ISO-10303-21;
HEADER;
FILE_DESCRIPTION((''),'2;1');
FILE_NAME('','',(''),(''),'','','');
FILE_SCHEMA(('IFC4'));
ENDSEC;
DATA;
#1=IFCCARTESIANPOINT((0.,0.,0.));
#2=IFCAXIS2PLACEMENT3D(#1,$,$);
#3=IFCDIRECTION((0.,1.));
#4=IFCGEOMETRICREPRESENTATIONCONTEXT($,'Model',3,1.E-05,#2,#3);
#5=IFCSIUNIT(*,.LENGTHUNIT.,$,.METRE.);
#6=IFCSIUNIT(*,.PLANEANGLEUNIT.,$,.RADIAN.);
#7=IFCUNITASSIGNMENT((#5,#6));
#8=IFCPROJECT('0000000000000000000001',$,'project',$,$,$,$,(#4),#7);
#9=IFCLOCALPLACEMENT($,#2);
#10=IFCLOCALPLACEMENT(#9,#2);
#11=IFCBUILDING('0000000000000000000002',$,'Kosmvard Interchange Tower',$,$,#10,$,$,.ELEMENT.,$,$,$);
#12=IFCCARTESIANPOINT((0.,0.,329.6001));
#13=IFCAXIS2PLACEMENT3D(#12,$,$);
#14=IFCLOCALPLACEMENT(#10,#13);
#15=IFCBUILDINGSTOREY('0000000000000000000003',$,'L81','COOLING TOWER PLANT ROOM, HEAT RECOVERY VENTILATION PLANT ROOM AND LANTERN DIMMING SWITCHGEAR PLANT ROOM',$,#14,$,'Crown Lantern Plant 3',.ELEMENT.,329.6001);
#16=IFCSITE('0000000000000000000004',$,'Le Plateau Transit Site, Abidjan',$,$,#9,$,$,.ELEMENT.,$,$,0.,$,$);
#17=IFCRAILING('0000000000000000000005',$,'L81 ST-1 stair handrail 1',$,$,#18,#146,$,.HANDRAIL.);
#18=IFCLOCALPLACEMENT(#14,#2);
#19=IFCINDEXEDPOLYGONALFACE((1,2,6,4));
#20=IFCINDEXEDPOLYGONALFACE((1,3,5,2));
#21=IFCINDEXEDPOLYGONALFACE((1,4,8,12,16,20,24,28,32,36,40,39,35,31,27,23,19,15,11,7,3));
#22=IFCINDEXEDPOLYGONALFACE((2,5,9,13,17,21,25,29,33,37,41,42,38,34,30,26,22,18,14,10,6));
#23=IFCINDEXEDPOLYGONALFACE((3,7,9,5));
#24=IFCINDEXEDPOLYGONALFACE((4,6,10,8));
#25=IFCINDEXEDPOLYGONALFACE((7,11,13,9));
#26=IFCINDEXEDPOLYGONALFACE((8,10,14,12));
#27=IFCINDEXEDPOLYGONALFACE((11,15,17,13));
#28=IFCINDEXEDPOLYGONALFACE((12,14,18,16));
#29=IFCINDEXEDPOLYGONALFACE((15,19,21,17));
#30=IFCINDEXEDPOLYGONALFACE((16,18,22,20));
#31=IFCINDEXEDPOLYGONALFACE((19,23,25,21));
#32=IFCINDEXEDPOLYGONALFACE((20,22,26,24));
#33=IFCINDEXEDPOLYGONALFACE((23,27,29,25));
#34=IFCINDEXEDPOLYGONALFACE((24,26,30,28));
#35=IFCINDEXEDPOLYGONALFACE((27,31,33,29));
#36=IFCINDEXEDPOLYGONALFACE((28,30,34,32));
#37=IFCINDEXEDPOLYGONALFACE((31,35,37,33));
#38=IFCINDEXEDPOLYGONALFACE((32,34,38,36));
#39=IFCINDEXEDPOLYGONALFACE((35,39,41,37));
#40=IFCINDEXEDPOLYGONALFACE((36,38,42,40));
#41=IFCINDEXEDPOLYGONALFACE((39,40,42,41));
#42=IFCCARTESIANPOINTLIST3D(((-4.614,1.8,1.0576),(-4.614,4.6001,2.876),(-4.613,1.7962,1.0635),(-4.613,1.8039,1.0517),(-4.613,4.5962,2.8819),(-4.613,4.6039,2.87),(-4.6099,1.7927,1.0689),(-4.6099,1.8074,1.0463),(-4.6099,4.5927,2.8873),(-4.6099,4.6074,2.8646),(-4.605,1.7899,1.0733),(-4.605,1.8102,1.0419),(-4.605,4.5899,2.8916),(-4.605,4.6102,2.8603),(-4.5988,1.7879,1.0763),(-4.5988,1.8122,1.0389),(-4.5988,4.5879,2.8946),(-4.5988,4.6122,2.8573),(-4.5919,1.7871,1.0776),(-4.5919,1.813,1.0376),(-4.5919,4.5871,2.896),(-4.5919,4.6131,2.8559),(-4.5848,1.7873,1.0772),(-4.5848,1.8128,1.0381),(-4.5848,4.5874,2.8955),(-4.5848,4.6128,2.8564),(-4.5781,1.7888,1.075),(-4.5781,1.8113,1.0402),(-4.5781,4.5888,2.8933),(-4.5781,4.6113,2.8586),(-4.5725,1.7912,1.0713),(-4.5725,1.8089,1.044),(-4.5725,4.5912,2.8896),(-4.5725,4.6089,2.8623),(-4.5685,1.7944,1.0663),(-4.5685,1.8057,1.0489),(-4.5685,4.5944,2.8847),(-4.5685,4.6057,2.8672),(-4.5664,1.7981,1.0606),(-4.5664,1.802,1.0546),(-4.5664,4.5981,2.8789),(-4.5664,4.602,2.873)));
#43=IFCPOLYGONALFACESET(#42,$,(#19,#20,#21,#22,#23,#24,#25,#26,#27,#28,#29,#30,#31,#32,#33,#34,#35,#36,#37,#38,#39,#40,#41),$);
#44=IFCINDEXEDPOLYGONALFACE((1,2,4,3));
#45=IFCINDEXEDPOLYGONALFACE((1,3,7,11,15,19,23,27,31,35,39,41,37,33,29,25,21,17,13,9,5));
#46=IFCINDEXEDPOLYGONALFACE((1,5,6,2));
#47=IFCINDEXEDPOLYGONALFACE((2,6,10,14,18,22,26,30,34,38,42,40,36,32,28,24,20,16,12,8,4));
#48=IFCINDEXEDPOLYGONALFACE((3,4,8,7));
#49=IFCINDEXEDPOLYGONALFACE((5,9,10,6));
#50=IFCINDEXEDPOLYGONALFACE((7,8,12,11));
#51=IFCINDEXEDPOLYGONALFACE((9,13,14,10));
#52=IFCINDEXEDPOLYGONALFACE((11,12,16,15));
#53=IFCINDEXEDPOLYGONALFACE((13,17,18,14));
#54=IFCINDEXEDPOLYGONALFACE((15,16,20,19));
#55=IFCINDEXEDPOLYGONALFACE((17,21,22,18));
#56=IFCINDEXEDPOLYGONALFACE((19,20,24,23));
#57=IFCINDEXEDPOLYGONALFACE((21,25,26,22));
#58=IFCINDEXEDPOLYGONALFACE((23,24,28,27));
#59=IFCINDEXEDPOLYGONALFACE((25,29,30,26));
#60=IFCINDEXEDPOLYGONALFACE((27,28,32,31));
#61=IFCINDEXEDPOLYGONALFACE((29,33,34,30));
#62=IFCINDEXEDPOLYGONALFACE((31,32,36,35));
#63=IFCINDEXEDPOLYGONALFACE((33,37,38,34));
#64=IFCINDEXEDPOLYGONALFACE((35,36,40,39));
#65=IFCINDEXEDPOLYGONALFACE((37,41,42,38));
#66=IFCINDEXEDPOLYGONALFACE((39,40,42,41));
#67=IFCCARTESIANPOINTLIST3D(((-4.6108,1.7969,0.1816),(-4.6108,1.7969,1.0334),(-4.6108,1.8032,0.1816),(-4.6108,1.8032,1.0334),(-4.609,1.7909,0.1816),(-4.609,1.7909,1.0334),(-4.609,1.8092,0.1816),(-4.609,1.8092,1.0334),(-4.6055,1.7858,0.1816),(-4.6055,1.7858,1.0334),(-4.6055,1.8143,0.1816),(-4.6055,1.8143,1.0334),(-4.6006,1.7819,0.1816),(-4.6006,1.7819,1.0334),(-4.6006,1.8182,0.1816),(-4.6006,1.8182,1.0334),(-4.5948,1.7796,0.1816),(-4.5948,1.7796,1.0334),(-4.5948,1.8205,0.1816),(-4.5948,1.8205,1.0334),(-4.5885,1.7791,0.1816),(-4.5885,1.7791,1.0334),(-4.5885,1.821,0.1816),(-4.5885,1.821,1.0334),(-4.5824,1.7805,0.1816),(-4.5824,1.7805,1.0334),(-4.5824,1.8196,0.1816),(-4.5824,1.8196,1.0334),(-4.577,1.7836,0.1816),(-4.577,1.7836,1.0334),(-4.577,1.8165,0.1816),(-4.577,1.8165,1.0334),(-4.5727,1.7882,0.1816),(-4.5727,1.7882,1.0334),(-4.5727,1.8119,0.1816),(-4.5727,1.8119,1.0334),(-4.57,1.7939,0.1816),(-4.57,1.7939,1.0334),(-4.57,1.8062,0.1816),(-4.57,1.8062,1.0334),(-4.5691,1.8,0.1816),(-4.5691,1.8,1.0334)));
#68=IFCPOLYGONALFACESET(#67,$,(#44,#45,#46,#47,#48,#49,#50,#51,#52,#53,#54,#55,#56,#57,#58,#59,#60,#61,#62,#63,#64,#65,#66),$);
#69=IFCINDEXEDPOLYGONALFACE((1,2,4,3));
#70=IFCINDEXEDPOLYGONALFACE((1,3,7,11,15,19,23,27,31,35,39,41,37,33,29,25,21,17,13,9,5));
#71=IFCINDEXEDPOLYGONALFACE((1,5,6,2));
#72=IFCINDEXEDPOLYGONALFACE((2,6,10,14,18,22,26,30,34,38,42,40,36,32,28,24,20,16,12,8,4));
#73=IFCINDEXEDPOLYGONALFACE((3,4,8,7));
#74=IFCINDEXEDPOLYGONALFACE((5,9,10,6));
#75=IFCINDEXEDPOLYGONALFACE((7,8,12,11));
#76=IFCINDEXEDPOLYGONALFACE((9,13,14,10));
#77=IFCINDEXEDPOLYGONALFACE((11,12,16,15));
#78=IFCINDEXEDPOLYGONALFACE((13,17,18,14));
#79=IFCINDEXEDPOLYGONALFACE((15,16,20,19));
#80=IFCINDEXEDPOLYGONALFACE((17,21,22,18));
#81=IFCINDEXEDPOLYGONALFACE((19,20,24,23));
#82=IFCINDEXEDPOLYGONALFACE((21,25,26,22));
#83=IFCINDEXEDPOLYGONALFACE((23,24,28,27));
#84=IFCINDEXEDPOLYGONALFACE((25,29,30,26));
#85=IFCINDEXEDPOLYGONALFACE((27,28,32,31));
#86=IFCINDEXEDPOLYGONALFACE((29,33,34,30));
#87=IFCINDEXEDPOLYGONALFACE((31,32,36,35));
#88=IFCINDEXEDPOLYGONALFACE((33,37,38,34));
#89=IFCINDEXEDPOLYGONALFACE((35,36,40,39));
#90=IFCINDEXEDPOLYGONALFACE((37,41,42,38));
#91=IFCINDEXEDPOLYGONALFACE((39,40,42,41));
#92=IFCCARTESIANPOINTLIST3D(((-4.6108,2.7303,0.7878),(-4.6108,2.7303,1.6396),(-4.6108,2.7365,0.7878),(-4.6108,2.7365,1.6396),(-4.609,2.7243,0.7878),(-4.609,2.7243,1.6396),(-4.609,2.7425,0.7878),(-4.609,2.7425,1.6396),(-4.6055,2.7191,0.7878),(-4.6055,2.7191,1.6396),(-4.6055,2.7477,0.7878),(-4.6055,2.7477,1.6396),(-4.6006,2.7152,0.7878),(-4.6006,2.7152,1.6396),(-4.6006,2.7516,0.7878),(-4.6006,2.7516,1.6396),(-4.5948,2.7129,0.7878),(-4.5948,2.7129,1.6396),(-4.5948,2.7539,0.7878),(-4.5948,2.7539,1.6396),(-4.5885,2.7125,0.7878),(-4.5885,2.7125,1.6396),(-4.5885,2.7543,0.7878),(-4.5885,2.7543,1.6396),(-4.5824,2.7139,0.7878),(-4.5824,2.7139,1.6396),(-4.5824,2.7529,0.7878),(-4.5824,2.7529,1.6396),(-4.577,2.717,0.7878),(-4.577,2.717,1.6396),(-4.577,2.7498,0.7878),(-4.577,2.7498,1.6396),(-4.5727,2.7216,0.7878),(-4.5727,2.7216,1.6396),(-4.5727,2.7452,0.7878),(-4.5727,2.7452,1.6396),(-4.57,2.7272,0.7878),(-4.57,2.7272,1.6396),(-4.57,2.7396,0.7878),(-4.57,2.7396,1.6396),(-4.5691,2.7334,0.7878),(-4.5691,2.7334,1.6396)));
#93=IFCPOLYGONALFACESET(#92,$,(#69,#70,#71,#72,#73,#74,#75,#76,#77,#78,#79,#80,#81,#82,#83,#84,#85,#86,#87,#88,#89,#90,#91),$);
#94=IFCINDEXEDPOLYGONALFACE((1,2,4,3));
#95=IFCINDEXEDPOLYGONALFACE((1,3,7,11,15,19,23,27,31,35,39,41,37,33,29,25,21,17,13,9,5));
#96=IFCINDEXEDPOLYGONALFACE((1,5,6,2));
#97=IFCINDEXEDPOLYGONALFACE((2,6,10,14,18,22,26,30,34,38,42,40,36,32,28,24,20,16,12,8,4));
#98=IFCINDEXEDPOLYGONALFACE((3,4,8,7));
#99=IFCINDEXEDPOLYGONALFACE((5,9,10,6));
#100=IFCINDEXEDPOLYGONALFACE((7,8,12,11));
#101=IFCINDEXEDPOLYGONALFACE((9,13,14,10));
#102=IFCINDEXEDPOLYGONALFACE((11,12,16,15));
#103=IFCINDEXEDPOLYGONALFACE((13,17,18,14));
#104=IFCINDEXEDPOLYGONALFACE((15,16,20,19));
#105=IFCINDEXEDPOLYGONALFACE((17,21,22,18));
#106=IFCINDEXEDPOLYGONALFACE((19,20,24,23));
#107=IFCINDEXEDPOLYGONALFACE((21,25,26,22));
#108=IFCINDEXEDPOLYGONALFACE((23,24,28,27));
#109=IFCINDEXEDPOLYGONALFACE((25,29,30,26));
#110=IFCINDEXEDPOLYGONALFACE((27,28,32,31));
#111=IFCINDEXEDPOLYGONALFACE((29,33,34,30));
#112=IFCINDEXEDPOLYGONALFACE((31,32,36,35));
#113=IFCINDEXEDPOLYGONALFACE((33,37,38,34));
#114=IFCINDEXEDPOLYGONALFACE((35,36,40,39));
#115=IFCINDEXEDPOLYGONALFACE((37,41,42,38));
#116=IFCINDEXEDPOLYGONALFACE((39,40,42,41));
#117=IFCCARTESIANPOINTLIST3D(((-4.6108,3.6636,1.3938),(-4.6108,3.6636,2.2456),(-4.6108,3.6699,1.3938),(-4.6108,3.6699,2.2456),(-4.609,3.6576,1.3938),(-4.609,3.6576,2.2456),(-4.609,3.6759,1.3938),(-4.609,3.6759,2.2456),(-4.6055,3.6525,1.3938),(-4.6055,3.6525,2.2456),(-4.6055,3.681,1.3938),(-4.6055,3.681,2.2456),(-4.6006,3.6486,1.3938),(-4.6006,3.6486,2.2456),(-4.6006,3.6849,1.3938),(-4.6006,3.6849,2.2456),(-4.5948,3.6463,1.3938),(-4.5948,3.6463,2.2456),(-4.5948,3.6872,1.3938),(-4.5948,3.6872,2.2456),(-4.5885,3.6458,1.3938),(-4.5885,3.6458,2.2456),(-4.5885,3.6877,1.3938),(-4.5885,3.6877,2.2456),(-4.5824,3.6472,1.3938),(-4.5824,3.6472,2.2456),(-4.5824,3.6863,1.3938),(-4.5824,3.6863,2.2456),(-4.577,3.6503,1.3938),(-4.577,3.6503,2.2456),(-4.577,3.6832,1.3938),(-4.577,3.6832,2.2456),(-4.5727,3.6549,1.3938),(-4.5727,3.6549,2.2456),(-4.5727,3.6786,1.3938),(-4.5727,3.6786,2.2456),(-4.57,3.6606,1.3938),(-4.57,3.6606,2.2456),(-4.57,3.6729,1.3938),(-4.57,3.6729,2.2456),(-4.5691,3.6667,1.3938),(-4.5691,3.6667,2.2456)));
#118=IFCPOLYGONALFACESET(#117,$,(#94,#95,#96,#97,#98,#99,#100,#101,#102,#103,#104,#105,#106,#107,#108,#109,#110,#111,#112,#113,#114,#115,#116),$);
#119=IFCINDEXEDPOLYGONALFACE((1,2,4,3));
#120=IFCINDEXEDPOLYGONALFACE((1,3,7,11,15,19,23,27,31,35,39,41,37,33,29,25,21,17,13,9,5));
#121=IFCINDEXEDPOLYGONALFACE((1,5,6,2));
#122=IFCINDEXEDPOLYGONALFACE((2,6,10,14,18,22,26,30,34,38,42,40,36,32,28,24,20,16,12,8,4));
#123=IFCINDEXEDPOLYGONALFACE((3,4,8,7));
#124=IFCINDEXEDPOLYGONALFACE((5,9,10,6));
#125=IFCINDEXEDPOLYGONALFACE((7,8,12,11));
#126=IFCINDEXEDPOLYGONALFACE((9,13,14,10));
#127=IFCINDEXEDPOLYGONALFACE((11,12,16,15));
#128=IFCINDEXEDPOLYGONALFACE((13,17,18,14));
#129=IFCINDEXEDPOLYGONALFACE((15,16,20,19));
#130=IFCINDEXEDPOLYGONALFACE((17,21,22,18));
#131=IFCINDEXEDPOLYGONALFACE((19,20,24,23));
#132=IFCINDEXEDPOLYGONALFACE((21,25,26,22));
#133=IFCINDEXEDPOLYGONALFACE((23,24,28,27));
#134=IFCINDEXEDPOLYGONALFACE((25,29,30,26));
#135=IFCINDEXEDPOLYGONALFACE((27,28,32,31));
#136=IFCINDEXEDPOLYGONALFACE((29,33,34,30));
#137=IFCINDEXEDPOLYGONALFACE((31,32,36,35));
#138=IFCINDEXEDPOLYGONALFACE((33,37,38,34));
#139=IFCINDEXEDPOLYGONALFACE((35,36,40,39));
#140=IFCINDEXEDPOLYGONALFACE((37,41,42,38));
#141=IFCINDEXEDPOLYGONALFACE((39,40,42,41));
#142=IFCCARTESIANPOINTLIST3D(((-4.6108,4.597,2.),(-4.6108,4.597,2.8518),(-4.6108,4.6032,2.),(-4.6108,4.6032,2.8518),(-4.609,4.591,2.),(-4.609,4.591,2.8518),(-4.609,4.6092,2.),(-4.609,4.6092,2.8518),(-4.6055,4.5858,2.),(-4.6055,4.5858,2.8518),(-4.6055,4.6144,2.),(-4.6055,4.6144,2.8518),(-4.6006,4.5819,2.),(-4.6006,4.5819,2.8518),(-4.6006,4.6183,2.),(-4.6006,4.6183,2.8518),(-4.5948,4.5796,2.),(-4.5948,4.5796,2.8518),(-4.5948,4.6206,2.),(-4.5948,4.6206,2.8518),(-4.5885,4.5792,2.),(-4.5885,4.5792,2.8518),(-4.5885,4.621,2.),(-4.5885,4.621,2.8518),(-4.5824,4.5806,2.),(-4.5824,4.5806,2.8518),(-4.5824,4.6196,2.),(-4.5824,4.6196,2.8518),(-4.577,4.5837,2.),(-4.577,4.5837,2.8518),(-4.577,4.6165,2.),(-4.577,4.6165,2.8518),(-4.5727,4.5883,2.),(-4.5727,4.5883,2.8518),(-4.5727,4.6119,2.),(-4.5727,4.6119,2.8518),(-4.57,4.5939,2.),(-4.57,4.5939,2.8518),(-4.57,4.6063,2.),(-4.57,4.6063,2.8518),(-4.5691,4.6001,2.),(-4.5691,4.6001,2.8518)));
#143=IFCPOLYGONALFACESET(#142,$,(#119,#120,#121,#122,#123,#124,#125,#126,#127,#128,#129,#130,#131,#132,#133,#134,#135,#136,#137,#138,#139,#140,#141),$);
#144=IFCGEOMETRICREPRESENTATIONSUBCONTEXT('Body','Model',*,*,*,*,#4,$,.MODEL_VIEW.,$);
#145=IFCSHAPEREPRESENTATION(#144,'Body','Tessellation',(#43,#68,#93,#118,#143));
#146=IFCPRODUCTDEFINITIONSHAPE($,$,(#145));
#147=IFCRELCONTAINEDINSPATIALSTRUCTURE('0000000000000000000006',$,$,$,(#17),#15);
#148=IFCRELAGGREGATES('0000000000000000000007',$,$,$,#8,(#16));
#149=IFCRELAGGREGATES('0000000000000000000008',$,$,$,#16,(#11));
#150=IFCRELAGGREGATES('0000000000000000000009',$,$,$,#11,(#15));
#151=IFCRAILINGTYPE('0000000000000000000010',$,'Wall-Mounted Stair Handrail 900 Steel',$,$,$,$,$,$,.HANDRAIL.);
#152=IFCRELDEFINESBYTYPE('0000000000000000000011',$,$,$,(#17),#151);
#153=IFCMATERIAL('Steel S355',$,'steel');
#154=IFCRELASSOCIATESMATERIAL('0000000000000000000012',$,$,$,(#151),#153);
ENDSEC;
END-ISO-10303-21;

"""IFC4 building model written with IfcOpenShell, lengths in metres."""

from ifc_helpers import new_model, si_unit, direction, frame, origin, origin_2d, place, context, subcontext, project, spatial, circle, extrude, source, transform, mapped, material, type_object, element, save


model = new_model("IFC4")

# Units and contexts
model_context = context("Model", 3, precision=1e-05, world=origin(), true_north=direction((0.0, 1.0)))
body_context = subcontext(model_context, "Body", "Model", "MODEL_VIEW")
ifc_project = project(units=[si_unit("LENGTHUNIT", "METRE"), si_unit("PLANEANGLEUNIT", "RADIAN")], contexts=[model_context])

# Site, building, storey
site_placement = place(None, origin())
site = spatial("IfcSite", under=ifc_project, at=site_placement, Name="Le Plateau Transit Site, Abidjan", CompositionType="ELEMENT", RefElevation=0.0)
building_placement = place(site_placement, origin())
building = spatial("IfcBuilding", under=site, at=building_placement, Name="Kosmvard Interchange Tower", CompositionType="ELEMENT")
storey_placement = place(building_placement, frame((0.0, 0.0, 329.6001)))
storey = spatial("IfcBuildingStorey", under=building, at=storey_placement, Name="L81", Description="COOLING TOWER PLANT ROOM, HEAT RECOVERY VENTILATION PLANT ROOM AND LANTERN DIMMING SWITCHGEAR PLANT ROOM", LongName="Crown Lantern Plant 3", CompositionType="ELEMENT", Elevation=329.6001)

# Shared definitions
ifc_material_1 = material(Name="Steel S355", Category="steel")

# Railing
railing_type_1 = type_object("IfcRailingType", Name="Wall-Mounted Stair Handrail 900 Steel", PredefinedType="HANDRAIL", material=ifc_material_1)
shared_shape_1 = source(origin(), body_context, "Body", "SweptSolid", [
    extrude(circle(Radius=0.0239, at=origin_2d()), frame((0.0, 0.0, 0.876), z_axis=(0.0, 0.838672, 0.544636), x_axis=(-1.0, 0.0, 0.0)), (0.0, 0.0, 1.0), 3.3386),
    extrude(circle(Radius=0.021, at=origin_2d()), origin(), (0.0, 0.0, 1.0), 0.8518),
    extrude(circle(Radius=0.021, at=origin_2d()), frame((0.0, 0.9333, 0.6062)), (0.0, 0.0, 1.0), 0.8518),
    extrude(circle(Radius=0.021, at=origin_2d()), frame((0.0, 1.8667, 1.2122)), (0.0, 0.0, 1.0), 0.8518),
    extrude(circle(Radius=0.021, at=origin_2d()), frame((0.0, 2.8, 1.8184)), (0.0, 0.0, 1.0), 0.8518),
])
railing_1_placement = place(storey_placement, frame((-4.5901, 1.8, 0.1816)))
element("IfcRailing", 1, at=railing_1_placement, inside=storey, type_object=railing_type_1, Name="L81 ST-1 stair handrail 1", PredefinedType="HANDRAIL", context=body_context, shape_type="MappedRepresentation", body=[
    mapped(shared_shape_1, transform((0.0, 0.0, 0.0), scale=1.0)),
])

save(model, "model.ifc")
